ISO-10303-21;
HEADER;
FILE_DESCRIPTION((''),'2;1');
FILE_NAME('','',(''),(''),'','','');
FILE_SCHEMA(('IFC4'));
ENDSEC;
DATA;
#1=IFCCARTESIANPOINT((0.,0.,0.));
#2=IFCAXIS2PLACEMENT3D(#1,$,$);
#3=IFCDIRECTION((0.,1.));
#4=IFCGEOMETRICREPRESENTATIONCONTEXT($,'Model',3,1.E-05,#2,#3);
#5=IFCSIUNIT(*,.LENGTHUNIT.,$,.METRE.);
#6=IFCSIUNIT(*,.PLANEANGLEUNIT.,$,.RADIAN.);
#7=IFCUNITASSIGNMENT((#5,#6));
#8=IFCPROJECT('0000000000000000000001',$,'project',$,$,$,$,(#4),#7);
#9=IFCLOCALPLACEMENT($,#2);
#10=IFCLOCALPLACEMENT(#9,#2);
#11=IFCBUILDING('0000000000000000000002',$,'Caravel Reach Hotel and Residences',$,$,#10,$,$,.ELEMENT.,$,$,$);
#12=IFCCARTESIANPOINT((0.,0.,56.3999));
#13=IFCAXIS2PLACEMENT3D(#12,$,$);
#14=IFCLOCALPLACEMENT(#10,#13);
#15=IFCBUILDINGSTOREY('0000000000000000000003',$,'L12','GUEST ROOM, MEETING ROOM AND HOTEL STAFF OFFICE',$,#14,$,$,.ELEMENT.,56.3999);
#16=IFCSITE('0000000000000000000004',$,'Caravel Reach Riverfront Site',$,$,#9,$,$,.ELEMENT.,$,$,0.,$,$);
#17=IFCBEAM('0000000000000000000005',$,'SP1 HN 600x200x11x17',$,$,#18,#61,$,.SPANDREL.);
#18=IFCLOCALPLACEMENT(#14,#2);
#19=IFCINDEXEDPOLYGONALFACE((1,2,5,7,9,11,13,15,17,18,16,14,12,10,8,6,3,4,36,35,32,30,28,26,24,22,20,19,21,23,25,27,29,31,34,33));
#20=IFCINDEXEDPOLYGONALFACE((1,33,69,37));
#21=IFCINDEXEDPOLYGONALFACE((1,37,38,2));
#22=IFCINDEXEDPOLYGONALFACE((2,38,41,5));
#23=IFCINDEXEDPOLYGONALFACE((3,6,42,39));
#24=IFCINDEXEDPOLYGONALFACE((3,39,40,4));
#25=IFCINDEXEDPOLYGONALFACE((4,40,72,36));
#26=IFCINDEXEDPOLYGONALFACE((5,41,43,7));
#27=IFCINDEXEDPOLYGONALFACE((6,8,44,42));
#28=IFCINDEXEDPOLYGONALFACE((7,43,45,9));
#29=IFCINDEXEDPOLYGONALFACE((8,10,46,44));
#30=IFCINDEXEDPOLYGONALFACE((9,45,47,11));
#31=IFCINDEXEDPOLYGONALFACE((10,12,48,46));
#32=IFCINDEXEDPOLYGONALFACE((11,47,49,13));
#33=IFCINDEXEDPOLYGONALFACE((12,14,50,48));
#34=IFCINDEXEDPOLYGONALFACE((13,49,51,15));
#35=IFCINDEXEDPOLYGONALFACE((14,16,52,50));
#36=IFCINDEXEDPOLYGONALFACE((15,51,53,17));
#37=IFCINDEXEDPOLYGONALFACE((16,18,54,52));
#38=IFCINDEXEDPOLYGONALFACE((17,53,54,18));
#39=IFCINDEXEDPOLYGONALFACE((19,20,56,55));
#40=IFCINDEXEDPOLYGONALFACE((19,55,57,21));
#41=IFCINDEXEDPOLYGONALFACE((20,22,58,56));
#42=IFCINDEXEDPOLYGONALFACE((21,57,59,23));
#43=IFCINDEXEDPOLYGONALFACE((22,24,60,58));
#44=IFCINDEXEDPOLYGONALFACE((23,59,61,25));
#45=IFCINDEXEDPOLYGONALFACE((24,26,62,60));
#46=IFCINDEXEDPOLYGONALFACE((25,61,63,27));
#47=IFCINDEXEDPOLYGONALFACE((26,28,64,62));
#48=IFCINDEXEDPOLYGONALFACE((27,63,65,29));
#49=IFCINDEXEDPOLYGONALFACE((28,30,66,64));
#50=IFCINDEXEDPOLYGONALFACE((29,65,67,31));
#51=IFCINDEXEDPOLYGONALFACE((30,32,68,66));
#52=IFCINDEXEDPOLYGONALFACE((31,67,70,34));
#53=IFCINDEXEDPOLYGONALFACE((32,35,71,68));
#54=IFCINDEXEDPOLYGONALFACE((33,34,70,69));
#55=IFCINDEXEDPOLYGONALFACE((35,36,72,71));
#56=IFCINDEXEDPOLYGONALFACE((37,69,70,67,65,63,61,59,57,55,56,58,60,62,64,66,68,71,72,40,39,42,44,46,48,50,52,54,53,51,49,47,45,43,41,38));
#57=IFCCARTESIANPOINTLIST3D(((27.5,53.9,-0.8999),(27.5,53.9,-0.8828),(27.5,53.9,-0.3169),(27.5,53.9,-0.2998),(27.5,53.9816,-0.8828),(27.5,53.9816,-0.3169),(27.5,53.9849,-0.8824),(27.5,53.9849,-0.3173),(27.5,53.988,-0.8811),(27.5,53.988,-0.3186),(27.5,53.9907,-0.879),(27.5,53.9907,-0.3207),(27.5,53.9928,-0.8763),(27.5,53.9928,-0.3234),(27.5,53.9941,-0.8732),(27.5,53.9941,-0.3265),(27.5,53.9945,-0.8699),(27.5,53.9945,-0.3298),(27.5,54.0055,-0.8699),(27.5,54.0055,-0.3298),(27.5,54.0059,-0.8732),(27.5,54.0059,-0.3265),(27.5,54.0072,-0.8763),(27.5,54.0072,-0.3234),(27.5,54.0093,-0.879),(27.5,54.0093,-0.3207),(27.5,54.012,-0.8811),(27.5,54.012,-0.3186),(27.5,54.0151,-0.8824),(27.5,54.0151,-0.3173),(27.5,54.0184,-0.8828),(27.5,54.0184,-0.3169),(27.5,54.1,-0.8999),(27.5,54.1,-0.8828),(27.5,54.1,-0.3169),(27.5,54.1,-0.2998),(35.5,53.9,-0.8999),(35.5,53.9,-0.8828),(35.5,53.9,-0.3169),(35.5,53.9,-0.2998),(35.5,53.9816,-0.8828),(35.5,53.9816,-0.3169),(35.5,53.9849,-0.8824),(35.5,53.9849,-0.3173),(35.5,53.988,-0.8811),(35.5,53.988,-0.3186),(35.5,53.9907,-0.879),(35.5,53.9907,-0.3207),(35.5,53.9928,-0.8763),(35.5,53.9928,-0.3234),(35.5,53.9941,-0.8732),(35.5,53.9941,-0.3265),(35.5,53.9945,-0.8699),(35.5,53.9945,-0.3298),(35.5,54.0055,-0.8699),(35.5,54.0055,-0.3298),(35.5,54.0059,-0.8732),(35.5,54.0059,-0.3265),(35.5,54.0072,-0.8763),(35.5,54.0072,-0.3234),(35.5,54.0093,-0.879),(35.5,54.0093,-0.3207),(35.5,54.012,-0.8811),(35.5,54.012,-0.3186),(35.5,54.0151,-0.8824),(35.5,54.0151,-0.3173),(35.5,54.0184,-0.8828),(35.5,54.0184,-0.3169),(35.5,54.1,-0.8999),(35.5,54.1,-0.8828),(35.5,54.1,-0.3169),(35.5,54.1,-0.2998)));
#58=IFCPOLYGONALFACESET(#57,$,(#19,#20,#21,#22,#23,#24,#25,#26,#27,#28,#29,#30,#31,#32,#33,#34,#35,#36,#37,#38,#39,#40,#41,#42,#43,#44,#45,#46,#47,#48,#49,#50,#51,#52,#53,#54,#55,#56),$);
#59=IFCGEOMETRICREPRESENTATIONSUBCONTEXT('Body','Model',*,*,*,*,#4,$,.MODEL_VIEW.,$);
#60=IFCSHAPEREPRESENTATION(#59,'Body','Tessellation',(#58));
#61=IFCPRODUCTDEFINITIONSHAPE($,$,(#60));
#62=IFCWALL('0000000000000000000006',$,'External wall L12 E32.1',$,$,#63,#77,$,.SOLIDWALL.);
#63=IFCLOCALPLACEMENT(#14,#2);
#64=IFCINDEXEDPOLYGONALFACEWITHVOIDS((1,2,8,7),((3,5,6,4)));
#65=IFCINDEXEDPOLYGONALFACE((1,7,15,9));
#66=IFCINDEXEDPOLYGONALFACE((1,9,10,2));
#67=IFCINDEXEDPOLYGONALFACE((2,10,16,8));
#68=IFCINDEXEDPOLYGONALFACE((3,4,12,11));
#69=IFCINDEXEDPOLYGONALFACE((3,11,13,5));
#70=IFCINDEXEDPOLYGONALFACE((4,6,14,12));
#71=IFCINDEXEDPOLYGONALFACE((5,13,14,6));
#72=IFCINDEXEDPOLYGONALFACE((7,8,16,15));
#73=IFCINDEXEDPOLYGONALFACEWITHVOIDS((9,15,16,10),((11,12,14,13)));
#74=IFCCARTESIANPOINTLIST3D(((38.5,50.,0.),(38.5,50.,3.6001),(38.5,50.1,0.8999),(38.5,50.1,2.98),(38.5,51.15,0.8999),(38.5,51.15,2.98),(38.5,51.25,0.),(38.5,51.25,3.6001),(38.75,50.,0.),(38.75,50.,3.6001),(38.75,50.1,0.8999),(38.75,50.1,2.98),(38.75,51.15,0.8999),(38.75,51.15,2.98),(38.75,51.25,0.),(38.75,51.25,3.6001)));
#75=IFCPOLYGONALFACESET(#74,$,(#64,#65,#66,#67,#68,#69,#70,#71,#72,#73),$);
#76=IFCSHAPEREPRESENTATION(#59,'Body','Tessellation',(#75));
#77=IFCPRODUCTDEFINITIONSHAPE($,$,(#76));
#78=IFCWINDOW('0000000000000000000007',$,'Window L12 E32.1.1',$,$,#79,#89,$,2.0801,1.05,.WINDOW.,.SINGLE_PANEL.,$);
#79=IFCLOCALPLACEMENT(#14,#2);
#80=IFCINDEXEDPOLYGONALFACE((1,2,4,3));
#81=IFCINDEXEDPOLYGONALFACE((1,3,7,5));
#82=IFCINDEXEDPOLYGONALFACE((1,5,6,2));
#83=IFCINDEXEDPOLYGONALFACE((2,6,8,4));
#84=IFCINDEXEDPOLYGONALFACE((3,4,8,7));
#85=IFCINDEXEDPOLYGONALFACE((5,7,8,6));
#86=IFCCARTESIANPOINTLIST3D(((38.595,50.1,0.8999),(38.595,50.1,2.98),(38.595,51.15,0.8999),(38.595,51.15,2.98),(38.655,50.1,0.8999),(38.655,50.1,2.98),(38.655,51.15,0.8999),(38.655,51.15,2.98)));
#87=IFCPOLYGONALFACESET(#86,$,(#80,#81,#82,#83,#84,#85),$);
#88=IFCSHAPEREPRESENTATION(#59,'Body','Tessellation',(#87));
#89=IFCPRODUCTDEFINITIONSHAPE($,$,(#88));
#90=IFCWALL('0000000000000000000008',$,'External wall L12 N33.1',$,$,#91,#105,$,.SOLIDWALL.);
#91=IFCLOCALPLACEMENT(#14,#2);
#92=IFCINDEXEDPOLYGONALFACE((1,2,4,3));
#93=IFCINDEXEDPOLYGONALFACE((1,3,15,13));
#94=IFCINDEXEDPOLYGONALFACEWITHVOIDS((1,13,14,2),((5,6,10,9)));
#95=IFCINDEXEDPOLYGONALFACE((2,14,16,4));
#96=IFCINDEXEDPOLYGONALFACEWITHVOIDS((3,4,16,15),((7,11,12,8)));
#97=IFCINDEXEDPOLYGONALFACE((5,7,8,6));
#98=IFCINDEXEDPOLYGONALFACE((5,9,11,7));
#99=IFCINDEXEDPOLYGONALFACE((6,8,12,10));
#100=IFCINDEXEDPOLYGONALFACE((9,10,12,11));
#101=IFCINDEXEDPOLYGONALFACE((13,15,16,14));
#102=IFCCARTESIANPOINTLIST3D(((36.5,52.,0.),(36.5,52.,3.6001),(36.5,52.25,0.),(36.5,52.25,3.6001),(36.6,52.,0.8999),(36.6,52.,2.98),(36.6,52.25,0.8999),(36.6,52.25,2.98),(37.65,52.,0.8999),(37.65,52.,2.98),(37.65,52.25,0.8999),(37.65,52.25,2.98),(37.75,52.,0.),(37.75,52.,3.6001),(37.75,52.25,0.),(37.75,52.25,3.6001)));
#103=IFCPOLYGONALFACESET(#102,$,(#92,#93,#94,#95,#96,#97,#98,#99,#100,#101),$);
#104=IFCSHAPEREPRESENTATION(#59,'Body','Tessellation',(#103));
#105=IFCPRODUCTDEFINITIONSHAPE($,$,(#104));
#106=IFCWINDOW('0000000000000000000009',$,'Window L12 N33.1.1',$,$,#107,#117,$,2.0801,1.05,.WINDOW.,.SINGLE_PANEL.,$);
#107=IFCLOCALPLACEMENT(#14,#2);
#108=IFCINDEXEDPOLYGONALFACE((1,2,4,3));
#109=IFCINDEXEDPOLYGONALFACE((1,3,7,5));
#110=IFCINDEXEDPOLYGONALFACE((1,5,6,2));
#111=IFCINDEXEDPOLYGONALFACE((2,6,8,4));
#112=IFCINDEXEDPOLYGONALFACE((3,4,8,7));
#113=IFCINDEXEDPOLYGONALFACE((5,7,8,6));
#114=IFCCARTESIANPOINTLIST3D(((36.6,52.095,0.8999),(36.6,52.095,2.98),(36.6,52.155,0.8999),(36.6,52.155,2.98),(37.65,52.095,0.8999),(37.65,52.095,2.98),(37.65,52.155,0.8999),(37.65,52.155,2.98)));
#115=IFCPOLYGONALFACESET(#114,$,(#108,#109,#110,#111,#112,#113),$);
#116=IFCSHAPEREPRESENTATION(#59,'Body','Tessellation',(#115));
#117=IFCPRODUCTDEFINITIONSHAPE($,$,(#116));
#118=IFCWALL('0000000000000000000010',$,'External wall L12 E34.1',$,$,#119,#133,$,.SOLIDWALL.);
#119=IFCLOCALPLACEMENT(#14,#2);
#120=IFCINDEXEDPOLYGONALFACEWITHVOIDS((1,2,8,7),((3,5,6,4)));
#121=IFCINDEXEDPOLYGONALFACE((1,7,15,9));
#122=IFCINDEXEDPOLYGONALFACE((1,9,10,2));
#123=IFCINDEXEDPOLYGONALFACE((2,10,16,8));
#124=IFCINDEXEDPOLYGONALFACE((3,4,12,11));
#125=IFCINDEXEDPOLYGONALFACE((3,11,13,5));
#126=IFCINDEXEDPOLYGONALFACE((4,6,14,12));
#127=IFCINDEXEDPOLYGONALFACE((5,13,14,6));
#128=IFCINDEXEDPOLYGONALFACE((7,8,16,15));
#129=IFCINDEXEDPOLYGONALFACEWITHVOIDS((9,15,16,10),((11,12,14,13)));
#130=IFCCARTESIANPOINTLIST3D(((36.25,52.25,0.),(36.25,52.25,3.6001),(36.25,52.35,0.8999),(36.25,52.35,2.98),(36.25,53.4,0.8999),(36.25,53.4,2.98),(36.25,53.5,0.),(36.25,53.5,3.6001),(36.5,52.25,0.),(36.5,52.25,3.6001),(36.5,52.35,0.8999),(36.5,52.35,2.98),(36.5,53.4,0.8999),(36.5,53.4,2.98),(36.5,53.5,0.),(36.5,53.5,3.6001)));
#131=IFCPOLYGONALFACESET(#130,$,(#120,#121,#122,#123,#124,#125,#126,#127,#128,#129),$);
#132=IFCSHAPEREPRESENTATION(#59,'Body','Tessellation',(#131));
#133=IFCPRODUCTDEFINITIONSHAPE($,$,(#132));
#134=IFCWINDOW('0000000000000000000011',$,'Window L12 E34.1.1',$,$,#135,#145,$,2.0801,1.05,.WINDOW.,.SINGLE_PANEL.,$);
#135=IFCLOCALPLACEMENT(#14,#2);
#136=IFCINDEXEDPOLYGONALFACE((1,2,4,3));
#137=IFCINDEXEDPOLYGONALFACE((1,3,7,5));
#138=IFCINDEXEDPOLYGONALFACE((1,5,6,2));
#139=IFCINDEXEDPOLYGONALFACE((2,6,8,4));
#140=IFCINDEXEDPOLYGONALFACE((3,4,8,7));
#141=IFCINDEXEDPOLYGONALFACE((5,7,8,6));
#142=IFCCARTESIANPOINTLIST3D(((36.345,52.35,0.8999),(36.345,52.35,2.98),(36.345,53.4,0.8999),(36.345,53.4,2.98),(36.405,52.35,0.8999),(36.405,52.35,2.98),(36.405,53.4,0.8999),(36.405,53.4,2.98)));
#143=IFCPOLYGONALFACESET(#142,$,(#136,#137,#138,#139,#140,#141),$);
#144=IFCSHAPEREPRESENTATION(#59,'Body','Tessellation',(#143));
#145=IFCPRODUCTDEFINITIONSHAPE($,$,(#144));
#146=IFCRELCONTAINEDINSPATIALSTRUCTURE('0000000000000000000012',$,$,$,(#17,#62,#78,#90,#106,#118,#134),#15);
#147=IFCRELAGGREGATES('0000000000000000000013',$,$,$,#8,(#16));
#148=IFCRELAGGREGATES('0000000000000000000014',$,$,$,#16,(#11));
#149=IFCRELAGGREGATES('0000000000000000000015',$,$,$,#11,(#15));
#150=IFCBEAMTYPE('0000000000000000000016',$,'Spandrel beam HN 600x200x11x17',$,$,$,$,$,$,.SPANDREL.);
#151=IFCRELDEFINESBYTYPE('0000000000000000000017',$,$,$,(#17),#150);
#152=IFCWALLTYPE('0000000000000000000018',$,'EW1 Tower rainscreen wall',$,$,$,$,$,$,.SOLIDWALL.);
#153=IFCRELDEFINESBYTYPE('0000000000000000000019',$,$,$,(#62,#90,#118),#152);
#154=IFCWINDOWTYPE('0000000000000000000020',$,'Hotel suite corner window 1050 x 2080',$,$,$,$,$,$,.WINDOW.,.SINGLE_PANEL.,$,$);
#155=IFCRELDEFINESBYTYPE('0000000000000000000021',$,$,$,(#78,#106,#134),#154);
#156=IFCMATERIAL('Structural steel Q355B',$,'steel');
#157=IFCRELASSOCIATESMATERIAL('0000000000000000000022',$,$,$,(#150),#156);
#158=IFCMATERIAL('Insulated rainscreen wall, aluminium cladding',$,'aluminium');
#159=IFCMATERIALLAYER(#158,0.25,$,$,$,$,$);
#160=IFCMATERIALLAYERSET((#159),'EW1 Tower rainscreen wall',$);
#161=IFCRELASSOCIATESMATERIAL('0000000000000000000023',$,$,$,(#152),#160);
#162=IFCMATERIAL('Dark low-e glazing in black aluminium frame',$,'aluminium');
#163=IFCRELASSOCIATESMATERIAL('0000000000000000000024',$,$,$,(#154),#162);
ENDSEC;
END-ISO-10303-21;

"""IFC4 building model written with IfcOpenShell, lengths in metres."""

from ifc_helpers import new_model, si_unit, direction, frame, frame_2d, origin, origin_2d, place, context, subcontext, project, spatial, rectangle, i_section, extrude, material, layer, layer_set, material_profile, profile_set, type_object, element, fill, save


model = new_model("IFC4")

# Units and contexts
model_context = context("Model", 3, precision=1e-05, world=origin(), true_north=direction((0.0, 1.0)))
body_context = subcontext(model_context, "Body", "Model", "MODEL_VIEW")
ifc_project = project(units=[si_unit("LENGTHUNIT", "METRE"), si_unit("PLANEANGLEUNIT", "RADIAN")], contexts=[model_context])

# Site, building, storey
site_placement = place(None, origin())
site = spatial("IfcSite", under=ifc_project, at=site_placement, Name="Caravel Reach Riverfront Site", CompositionType="ELEMENT", RefElevation=0.0)
building_placement = place(site_placement, origin())
building = spatial("IfcBuilding", under=site, at=building_placement, Name="Caravel Reach Hotel and Residences", CompositionType="ELEMENT")
storey_placement = place(building_placement, frame((0.0, 0.0, 56.3999)))
storey = spatial("IfcBuildingStorey", under=building, at=storey_placement, Name="L12", Description="GUEST ROOM, MEETING ROOM AND HOTEL STAFF OFFICE", CompositionType="ELEMENT", Elevation=56.3999)

# Beam
ifc_material_1 = material(Name="Structural steel Q355B", Category="steel")
ifc_material_profile_1 = material_profile(ifc_material_1, i_section(OverallWidth=0.2, OverallDepth=0.6001, WebThickness=0.011, FlangeThickness=0.0171, FilletRadius=0.0129, at=origin_2d()), Name="HN 600x200x11x17")
ifc_profile_set_1 = profile_set([ifc_material_profile_1], Name="Structural steel Q355B")
beam_type = type_object("IfcBeamType", Name="Spandrel beam HN 600x200x11x17", PredefinedType="SPANDREL", material=ifc_profile_set_1)
beam_placement = place(storey_placement, frame((35.5, 54.0, -0.5999), z_axis=(-1.0, 0.0, 0.0), x_axis=(0.0, -1.0, 0.0)))
element("IfcBeam", 1, at=beam_placement, inside=storey, type_object=beam_type, Name="SP1 HN 600x200x11x17", PredefinedType="SPANDREL", context=body_context, shape_type="SweptSolid", body=[
    extrude(i_section(OverallWidth=0.2, OverallDepth=0.6001, WebThickness=0.011, FlangeThickness=0.0171, FilletRadius=0.0129, at=origin_2d()), origin(), (0.0, 0.0, 1.0), 8.0),
])

# Walls, openings, windows
ifc_material_2 = material(Name="Insulated rainscreen wall, aluminium cladding", Category="aluminium")
ifc_layer = layer(ifc_material_2, 0.25)
ifc_layer_set = layer_set([ifc_layer], Name="EW1 Tower rainscreen wall")
wall_type = type_object("IfcWallType", Name="EW1 Tower rainscreen wall", PredefinedType="SOLIDWALL", material=ifc_layer_set)
wall_1_placement = place(storey_placement, frame((38.625, 50.0, 0.0), z_axis=(0.0, 0.0, 1.0), x_axis=(0.0, 1.0, 0.0)))
wall_1 = element("IfcWall", 2, at=wall_1_placement, inside=storey, type_object=wall_type, Name="External wall L12 E32.1", PredefinedType="SOLIDWALL", context=body_context, shape_type="SweptSolid", body=[
    extrude(rectangle(XDim=1.25, YDim=0.25, at=frame_2d((0.625, 0.0))), origin(), (0.0, 0.0, 1.0), 3.6001),
])
opening_1_placement = place(wall_1_placement, frame((0.1001, 0.0, 0.8999)))
opening_1 = element("IfcOpeningElement", 3, at=opening_1_placement, cuts=wall_1, PredefinedType="OPENING", context=body_context, shape_type="SweptSolid", body=[
    extrude(rectangle(XDim=1.05, YDim=2.0801, at=frame_2d((0.5249, 1.04))), frame((0.0, 0.135, 0.0), z_axis=(0.0, -1.0, 0.0), x_axis=(1.0, 0.0, 0.0)), (0.0, 0.0, 1.0), 0.27),
])
ifc_material_3 = material(Name="Dark low-e glazing in black aluminium frame", Category="aluminium")
window_type_1 = type_object("IfcWindowType", Name="Hotel suite corner window 1050 x 2080", PartitioningType="SINGLE_PANEL", PredefinedType="WINDOW", material=ifc_material_3)
window_1_placement = place(opening_1_placement, origin())
window_1 = element("IfcWindow", 4, at=window_1_placement, inside=storey, type_object=window_type_1, Name="Window L12 E32.1.1", OverallHeight=2.0801, OverallWidth=1.05, PartitioningType="SINGLE_PANEL", PredefinedType="WINDOW", context=body_context, shape_type="SweptSolid", body=[
    extrude(rectangle(XDim=1.05, YDim=2.0801, at=frame_2d((0.5249, 1.04))), frame((0.0, 0.03, 0.0), z_axis=(0.0, -1.0, 0.0), x_axis=(1.0, 0.0, 0.0)), (0.0, 0.0, 1.0), 0.0601),
])
fill(opening_1, window_1)
wall_2_placement = place(storey_placement, frame((37.75, 52.125, 0.0), z_axis=(0.0, 0.0, 1.0), x_axis=(-1.0, 0.0, 0.0)))
wall_2 = element("IfcWall", 5, at=wall_2_placement, inside=storey, type_object=wall_type, Name="External wall L12 N33.1", PredefinedType="SOLIDWALL", context=body_context, shape_type="SweptSolid", body=[
    extrude(rectangle(XDim=1.25, YDim=0.25, at=frame_2d((0.625, 0.0))), origin(), (0.0, 0.0, 1.0), 3.6001),
])
opening_2_placement = place(wall_2_placement, frame((0.1001, 0.0, 0.8999)))
opening_2 = element("IfcOpeningElement", 6, at=opening_2_placement, cuts=wall_2, PredefinedType="OPENING", context=body_context, shape_type="SweptSolid", body=[
    extrude(rectangle(XDim=1.05, YDim=2.0801, at=frame_2d((0.5249, 1.04))), frame((0.0, 0.135, 0.0), z_axis=(0.0, -1.0, 0.0), x_axis=(1.0, 0.0, 0.0)), (0.0, 0.0, 1.0), 0.27),
])
window_2_placement = place(opening_2_placement, origin())
window_2 = element("IfcWindow", 7, at=window_2_placement, inside=storey, type_object=window_type_1, Name="Window L12 N33.1.1", OverallHeight=2.0801, OverallWidth=1.05, PartitioningType="SINGLE_PANEL", PredefinedType="WINDOW", context=body_context, shape_type="SweptSolid", body=[
    extrude(rectangle(XDim=1.05, YDim=2.0801, at=frame_2d((0.5249, 1.04))), frame((0.0, 0.03, 0.0), z_axis=(0.0, -1.0, 0.0), x_axis=(1.0, 0.0, 0.0)), (0.0, 0.0, 1.0), 0.0601),
])
fill(opening_2, window_2)
wall_3_placement = place(storey_placement, frame((36.375, 52.25, 0.0), z_axis=(0.0, 0.0, 1.0), x_axis=(0.0, 1.0, 0.0)))
wall_3 = element("IfcWall", 8, at=wall_3_placement, inside=storey, type_object=wall_type, Name="External wall L12 E34.1", PredefinedType="SOLIDWALL", context=body_context, shape_type="SweptSolid", body=[
    extrude(rectangle(XDim=1.25, YDim=0.25, at=frame_2d((0.625, 0.0))), origin(), (0.0, 0.0, 1.0), 3.6001),
])
opening_3_placement = place(wall_3_placement, frame((0.1001, 0.0, 0.8999)))
opening_3 = element("IfcOpeningElement", 9, at=opening_3_placement, cuts=wall_3, PredefinedType="OPENING", context=body_context, shape_type="SweptSolid", body=[
    extrude(rectangle(XDim=1.05, YDim=2.0801, at=frame_2d((0.5249, 1.04))), frame((0.0, 0.135, 0.0), z_axis=(0.0, -1.0, 0.0), x_axis=(1.0, 0.0, 0.0)), (0.0, 0.0, 1.0), 0.27),
])
window_3_placement = place(opening_3_placement, origin())
window_3 = element("IfcWindow", 10, at=window_3_placement, inside=storey, type_object=window_type_1, Name="Window L12 E34.1.1", OverallHeight=2.0801, OverallWidth=1.05, PartitioningType="SINGLE_PANEL", PredefinedType="WINDOW", context=body_context, shape_type="SweptSolid", body=[
    extrude(rectangle(XDim=1.05, YDim=2.0801, at=frame_2d((0.5249, 1.04))), frame((0.0, 0.03, 0.0), z_axis=(0.0, -1.0, 0.0), x_axis=(1.0, 0.0, 0.0)), (0.0, 0.0, 1.0), 0.0601),
])
fill(opening_3, window_3)

save(model, "model.ifc")
